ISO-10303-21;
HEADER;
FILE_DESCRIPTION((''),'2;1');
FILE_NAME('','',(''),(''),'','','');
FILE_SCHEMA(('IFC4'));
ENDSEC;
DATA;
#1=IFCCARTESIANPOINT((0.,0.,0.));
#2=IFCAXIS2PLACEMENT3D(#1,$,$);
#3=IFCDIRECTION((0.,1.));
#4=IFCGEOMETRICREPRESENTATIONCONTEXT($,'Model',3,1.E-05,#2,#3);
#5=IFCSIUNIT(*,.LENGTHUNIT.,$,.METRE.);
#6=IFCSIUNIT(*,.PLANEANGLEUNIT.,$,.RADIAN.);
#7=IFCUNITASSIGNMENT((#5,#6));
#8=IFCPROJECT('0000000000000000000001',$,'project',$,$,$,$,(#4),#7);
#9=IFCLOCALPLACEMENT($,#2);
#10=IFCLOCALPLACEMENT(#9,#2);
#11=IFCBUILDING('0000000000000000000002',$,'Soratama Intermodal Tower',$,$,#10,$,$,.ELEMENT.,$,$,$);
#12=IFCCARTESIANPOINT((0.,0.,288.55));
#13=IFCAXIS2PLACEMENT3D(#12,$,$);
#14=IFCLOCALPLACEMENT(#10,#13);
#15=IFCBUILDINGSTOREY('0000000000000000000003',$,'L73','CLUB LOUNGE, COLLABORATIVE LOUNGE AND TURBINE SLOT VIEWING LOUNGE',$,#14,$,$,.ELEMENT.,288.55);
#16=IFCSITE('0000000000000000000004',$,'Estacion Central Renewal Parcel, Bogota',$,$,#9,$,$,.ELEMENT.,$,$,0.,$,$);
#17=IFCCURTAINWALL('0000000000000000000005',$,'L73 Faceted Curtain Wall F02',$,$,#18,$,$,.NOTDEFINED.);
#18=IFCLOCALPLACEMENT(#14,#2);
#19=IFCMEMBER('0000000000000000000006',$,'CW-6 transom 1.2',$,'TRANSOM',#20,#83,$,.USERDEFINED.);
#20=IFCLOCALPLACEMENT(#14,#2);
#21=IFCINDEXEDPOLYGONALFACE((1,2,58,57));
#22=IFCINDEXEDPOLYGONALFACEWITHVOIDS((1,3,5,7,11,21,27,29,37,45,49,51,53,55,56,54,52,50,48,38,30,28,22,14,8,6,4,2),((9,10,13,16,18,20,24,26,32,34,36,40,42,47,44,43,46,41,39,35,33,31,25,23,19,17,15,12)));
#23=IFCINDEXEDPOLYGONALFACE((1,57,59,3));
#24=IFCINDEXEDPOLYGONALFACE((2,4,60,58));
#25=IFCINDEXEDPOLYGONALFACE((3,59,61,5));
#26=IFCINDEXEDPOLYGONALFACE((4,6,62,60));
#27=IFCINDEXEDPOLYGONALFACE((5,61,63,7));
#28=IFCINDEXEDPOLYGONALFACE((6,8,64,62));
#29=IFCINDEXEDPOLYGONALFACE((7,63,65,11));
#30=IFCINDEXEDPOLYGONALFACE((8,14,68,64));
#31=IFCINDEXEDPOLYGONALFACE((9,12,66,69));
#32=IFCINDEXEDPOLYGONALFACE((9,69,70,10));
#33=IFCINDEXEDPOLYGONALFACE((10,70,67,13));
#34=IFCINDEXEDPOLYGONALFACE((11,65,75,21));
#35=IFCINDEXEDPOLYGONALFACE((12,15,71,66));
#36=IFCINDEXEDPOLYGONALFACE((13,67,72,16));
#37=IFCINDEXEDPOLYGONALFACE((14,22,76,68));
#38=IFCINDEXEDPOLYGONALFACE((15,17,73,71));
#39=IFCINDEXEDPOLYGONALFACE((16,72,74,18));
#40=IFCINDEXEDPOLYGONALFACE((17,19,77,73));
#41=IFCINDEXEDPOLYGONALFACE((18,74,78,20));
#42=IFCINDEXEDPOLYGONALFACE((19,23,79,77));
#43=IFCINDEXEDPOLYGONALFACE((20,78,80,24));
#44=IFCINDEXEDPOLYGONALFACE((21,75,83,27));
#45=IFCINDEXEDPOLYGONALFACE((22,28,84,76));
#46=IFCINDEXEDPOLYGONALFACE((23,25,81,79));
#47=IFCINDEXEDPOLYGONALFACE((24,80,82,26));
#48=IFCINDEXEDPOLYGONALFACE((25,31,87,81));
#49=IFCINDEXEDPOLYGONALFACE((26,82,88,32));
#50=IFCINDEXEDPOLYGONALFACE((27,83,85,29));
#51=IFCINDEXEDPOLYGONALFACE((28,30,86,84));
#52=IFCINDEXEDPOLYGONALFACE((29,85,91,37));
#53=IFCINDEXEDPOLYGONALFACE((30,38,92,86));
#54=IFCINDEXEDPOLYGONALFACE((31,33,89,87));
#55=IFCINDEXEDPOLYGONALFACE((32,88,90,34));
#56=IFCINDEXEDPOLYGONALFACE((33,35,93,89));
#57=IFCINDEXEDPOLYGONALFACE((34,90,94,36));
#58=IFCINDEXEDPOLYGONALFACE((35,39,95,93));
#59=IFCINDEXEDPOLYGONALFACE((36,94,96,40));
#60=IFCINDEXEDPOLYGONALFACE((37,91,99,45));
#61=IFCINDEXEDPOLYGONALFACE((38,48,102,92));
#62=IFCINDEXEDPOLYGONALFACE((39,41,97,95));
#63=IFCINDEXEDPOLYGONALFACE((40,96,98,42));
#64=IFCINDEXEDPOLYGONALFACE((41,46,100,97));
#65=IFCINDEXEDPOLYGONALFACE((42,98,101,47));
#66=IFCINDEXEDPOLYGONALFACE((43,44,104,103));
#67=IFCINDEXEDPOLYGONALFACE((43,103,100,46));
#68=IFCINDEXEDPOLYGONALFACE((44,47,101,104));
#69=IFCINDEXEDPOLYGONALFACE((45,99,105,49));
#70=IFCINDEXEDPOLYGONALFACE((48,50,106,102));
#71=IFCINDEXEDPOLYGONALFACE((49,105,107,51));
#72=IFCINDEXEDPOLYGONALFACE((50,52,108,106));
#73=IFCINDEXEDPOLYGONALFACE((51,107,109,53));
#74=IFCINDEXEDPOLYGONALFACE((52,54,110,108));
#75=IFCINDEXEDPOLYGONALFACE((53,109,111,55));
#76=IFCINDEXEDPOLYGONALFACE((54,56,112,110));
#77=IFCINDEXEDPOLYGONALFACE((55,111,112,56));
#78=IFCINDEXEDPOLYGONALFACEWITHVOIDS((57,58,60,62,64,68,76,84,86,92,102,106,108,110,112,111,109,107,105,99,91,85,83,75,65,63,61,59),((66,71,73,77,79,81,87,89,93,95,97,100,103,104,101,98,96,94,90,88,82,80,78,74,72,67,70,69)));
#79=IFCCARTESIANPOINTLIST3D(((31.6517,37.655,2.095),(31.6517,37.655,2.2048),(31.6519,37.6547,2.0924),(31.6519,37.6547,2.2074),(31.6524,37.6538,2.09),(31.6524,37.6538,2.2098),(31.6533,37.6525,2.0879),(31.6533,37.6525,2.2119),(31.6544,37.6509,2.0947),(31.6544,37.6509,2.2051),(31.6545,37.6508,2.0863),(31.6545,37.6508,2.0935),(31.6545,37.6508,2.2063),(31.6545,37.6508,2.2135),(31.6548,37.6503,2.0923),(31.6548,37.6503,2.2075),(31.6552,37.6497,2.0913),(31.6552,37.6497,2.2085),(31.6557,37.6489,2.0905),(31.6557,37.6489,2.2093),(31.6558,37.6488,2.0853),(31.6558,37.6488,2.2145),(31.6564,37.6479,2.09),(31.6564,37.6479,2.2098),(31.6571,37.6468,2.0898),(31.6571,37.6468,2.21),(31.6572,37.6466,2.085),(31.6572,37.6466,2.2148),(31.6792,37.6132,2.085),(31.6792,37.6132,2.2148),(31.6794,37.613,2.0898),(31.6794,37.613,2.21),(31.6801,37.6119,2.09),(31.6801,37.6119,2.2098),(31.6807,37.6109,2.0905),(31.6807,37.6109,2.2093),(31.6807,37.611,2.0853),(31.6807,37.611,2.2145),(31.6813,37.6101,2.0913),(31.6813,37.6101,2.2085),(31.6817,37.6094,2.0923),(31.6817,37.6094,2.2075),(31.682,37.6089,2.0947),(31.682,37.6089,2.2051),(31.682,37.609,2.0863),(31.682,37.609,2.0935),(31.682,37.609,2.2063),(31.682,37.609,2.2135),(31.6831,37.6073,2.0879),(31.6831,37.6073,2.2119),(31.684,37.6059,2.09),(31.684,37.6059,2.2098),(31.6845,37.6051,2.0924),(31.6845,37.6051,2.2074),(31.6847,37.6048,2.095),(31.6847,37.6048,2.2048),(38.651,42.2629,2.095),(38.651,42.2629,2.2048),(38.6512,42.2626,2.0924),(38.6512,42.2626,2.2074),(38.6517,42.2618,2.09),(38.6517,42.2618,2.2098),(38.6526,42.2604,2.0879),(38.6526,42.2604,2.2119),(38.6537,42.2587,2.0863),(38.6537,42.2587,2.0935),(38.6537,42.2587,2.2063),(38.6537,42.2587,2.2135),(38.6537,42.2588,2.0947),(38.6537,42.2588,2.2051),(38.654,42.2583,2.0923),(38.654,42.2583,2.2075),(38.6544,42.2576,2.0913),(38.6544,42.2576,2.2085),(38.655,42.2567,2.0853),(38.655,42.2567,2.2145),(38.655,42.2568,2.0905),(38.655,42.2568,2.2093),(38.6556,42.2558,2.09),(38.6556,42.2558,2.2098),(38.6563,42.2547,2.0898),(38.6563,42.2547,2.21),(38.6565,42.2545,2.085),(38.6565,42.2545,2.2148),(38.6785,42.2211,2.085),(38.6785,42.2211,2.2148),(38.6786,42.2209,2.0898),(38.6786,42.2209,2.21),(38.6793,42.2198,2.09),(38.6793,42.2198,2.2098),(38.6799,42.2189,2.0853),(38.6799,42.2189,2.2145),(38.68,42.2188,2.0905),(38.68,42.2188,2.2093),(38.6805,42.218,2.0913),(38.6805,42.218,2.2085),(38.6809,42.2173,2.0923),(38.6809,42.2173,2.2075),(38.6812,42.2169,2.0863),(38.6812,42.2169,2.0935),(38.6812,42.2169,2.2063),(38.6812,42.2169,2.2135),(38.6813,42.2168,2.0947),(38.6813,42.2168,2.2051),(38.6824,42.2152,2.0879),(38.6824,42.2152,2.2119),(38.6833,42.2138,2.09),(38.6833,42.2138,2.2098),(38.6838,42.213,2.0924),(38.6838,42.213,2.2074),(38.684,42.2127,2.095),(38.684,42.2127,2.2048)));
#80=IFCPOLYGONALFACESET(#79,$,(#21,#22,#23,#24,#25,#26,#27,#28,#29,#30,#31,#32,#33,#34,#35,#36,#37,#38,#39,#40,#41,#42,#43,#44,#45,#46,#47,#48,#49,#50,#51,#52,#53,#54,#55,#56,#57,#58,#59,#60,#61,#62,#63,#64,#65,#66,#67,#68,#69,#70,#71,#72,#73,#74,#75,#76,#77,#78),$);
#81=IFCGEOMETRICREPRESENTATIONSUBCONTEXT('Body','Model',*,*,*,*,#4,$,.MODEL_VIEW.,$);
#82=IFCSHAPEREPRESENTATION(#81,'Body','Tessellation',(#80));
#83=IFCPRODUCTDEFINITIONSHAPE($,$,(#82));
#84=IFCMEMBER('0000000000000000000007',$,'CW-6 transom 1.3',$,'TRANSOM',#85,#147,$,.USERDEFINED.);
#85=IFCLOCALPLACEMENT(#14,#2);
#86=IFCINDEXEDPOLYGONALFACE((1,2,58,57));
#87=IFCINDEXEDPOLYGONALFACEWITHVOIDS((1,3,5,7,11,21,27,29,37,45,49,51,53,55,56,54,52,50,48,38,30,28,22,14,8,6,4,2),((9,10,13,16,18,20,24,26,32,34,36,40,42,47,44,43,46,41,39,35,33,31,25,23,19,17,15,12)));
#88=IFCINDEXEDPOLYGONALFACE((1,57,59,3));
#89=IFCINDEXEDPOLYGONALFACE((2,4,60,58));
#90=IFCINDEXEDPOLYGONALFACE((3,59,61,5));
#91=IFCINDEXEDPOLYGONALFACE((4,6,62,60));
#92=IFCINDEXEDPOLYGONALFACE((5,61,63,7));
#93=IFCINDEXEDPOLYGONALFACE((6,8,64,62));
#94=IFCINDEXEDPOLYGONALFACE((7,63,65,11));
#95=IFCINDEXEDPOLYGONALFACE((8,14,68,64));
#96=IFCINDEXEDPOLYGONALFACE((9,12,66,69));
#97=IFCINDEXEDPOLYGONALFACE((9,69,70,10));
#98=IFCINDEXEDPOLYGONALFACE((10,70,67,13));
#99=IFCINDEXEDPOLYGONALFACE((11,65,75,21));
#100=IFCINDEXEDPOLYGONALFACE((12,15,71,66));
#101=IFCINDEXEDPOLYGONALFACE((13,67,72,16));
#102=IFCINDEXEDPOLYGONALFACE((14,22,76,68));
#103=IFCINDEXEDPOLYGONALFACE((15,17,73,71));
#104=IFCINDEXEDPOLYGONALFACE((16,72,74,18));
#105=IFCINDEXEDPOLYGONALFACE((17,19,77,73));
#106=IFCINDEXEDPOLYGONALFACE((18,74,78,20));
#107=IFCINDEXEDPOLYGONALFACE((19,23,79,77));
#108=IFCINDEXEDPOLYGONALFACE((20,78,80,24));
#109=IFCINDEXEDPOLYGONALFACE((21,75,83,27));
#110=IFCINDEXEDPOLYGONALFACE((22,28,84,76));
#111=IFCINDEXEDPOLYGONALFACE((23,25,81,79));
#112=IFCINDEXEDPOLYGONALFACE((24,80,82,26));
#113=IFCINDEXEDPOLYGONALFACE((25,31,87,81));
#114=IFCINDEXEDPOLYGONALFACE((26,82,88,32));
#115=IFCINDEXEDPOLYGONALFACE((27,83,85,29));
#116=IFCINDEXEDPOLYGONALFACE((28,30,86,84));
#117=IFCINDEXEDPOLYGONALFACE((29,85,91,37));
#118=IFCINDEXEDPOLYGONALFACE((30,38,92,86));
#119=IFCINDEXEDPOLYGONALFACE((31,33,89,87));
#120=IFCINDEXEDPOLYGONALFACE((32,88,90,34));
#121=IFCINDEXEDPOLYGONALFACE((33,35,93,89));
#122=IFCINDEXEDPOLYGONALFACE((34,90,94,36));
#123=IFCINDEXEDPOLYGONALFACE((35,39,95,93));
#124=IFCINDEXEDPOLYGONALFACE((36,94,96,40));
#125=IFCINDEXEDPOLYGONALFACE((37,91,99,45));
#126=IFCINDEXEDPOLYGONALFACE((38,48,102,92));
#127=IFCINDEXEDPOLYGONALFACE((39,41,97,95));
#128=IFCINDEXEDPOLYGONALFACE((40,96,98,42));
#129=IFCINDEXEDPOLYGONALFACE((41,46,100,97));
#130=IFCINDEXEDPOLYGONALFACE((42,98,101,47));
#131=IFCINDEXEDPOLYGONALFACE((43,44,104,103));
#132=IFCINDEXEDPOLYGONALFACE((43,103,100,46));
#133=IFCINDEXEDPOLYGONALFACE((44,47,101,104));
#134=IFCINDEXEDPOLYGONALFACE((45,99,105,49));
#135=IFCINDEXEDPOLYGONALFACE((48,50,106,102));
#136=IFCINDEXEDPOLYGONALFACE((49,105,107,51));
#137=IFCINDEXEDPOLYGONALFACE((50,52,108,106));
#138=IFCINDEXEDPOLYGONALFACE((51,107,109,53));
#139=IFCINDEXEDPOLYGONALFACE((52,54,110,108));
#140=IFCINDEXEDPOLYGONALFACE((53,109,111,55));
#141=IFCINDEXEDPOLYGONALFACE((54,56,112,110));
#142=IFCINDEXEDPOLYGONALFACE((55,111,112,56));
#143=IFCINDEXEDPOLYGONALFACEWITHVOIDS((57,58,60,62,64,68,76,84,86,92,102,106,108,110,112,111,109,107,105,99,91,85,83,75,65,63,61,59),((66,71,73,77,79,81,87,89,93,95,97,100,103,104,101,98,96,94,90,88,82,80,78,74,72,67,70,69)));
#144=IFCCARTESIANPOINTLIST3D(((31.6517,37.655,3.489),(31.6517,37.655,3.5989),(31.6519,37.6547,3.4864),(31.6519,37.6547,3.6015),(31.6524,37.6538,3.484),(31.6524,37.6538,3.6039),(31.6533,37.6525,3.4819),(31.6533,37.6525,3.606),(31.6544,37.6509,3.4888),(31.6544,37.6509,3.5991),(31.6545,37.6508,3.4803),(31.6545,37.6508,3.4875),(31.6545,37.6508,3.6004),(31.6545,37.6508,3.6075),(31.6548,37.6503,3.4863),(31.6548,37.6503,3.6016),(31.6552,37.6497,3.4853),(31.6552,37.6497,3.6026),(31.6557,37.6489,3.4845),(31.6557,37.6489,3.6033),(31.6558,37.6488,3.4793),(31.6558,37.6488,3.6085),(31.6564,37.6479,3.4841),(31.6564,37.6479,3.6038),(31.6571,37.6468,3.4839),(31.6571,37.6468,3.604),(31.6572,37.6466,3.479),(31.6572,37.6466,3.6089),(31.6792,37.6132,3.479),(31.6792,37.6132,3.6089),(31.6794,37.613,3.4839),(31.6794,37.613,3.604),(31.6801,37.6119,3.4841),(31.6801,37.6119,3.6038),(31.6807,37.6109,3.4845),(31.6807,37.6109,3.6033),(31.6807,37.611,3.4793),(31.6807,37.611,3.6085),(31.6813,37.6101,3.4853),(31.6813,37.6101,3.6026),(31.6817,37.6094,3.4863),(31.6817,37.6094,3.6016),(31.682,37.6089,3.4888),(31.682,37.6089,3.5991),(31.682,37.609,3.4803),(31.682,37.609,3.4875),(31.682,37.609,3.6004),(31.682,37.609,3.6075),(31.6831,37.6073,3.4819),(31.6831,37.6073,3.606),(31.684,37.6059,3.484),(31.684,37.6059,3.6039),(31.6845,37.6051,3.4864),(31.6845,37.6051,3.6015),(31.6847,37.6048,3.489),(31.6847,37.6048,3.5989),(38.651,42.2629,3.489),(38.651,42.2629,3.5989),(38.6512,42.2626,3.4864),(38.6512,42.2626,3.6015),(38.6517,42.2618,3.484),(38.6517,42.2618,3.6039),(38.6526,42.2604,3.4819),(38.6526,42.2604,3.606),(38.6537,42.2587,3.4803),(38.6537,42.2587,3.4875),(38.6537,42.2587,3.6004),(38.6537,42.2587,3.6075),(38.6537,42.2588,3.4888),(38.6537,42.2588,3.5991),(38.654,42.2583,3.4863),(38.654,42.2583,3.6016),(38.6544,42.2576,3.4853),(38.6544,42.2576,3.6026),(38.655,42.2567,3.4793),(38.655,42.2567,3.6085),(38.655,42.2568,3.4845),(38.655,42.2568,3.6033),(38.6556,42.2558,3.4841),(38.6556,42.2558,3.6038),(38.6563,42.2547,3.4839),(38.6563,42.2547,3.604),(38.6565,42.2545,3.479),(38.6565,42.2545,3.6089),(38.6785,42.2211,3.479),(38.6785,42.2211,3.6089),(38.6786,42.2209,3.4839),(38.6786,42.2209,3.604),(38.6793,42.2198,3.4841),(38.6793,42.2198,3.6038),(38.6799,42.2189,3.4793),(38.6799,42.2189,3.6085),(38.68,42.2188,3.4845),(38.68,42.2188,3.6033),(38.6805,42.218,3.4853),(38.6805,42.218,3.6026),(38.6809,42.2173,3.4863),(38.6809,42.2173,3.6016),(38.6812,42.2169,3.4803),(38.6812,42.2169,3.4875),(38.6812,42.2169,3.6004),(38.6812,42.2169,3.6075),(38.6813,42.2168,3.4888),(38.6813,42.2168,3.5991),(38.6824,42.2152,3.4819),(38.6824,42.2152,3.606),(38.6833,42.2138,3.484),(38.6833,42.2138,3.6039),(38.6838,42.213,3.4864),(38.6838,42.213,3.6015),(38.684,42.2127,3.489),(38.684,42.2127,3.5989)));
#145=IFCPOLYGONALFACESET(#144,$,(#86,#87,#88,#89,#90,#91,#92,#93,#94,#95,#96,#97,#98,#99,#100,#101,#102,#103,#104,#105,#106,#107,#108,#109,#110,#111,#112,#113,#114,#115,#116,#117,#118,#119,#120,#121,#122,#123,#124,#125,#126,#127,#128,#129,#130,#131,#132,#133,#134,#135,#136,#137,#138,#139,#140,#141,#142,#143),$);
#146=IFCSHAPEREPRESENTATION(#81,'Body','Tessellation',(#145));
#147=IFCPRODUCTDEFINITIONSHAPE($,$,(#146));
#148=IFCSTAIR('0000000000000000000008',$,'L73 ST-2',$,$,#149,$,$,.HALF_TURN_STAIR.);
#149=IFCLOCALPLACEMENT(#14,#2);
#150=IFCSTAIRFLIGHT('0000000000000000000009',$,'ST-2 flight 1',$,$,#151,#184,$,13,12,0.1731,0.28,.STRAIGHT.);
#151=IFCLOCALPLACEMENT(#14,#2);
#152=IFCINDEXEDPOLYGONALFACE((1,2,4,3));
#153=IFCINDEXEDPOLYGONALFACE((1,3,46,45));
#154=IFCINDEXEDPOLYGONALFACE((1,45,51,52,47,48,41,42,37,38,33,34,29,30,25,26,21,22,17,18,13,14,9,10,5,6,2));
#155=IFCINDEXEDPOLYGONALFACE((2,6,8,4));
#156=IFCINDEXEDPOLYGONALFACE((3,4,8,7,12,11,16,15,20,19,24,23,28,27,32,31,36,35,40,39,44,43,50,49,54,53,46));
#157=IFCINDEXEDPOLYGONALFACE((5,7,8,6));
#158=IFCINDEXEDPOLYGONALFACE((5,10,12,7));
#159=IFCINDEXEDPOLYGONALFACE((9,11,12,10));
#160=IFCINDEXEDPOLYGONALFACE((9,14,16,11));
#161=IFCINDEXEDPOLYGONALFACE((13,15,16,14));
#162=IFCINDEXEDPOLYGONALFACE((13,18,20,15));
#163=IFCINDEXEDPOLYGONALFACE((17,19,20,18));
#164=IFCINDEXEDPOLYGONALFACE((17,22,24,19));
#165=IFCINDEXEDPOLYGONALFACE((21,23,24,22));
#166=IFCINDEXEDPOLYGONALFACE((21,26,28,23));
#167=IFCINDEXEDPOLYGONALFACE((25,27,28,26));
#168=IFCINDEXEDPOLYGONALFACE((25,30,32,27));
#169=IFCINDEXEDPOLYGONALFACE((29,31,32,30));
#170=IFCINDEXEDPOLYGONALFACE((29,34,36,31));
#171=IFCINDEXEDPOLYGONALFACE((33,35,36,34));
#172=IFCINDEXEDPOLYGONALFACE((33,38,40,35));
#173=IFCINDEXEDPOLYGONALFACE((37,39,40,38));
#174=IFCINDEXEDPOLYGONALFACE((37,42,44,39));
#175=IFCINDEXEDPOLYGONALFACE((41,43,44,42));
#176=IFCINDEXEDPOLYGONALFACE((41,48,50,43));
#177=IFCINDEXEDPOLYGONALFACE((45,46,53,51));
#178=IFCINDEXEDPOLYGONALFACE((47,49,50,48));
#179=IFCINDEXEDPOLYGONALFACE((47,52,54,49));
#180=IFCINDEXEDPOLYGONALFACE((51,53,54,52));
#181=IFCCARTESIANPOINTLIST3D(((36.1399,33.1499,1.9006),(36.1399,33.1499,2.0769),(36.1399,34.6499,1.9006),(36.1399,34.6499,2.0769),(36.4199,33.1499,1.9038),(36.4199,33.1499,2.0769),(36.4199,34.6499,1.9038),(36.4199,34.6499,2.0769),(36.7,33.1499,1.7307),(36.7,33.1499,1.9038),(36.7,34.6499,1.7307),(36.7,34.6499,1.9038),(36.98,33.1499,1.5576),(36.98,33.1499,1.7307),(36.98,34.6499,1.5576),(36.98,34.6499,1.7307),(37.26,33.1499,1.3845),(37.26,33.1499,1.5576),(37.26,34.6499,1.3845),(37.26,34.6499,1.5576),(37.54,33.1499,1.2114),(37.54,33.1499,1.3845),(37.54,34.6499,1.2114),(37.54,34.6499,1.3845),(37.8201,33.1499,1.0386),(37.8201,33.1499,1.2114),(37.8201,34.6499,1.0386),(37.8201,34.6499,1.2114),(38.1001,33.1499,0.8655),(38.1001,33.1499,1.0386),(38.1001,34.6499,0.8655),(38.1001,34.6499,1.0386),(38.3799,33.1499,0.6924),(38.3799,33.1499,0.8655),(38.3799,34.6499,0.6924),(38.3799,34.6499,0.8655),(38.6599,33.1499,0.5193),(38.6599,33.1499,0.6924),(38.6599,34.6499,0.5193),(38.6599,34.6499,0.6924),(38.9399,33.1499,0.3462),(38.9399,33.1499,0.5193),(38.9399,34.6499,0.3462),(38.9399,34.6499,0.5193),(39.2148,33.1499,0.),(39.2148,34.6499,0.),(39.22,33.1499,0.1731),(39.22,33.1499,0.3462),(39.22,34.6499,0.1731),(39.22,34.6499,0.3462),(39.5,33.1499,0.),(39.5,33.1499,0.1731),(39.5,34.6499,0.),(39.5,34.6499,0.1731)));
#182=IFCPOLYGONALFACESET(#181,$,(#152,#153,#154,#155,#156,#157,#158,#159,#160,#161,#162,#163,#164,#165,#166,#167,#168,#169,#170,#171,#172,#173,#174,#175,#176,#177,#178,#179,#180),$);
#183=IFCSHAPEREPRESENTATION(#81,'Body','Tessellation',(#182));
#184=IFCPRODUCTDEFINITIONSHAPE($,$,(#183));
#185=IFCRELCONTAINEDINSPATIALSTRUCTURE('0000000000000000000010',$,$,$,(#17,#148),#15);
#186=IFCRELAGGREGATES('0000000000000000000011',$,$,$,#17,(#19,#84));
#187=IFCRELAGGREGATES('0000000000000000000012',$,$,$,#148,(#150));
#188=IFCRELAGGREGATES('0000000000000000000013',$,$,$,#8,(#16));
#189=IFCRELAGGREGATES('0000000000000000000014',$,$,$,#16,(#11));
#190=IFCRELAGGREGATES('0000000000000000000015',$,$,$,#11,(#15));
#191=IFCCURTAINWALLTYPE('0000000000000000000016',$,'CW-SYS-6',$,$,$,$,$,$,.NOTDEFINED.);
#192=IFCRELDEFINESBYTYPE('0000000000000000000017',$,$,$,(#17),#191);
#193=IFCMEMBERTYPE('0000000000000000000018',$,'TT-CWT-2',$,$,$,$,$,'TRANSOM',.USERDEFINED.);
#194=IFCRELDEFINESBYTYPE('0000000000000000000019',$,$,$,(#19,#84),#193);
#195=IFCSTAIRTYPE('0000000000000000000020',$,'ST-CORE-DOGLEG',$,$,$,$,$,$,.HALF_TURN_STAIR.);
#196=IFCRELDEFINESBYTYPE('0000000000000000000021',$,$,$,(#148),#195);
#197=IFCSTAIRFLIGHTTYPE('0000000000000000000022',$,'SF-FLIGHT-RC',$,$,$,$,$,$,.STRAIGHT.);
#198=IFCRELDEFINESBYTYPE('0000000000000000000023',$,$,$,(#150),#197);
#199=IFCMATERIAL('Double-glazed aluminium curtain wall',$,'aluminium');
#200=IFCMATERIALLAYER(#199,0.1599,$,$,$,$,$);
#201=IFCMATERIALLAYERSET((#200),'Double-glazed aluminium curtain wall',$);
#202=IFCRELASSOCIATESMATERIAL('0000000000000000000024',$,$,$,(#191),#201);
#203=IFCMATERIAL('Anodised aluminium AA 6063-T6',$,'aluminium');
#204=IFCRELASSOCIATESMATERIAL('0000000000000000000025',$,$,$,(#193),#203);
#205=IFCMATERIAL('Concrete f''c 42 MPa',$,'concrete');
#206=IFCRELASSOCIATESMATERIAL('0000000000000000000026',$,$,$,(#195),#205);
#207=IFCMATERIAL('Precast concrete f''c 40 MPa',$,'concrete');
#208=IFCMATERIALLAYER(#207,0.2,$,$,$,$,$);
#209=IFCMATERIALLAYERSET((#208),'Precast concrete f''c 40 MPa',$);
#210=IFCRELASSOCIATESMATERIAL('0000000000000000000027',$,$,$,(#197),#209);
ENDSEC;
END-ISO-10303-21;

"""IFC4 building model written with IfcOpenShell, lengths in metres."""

from ifc_helpers import new_model, si_unit, direction, frame, origin, origin_2d, place, context, subcontext, project, spatial, polyline, hollow_rectangle, outline, extrude, material, layer, layer_set, material_profile, profile_set, type_object, element, aggregate, save


model = new_model("IFC4")

# Units and contexts
model_context = context("Model", 3, precision=1e-05, world=origin(), true_north=direction((0.0, 1.0)))
body_context = subcontext(model_context, "Body", "Model", "MODEL_VIEW")
ifc_project = project(units=[si_unit("LENGTHUNIT", "METRE"), si_unit("PLANEANGLEUNIT", "RADIAN")], contexts=[model_context])

# Site, building, storey
site_placement = place(None, origin())
site = spatial("IfcSite", under=ifc_project, at=site_placement, Name="Estacion Central Renewal Parcel, Bogota", CompositionType="ELEMENT", RefElevation=0.0)
building_placement = place(site_placement, origin())
building = spatial("IfcBuilding", under=site, at=building_placement, Name="Soratama Intermodal Tower", CompositionType="ELEMENT")
storey_placement = place(building_placement, frame((0.0, 0.0, 288.55)))
storey = spatial("IfcBuildingStorey", under=building, at=storey_placement, Name="L73", Description="CLUB LOUNGE, COLLABORATIVE LOUNGE AND TURBINE SLOT VIEWING LOUNGE", CompositionType="ELEMENT", Elevation=288.55)

# Curtain wall, members
ifc_material_1 = material(Name="Double-glazed aluminium curtain wall", Category="aluminium")
ifc_layer_1 = layer(ifc_material_1, 0.1599)
ifc_layer_set_1 = layer_set([ifc_layer_1], Name="Double-glazed aluminium curtain wall")
curtain_wall_type = type_object("IfcCurtainWallType", Name="CW-SYS-6", PredefinedType="NOTDEFINED", material=ifc_layer_set_1)
curtain_wall_placement = place(storey_placement, origin())
curtain_wall = element("IfcCurtainWall", 1, at=curtain_wall_placement, inside=storey, type_object=curtain_wall_type, Name="L73 Faceted Curtain Wall F02", PredefinedType="NOTDEFINED")
ifc_material_2 = material(Name="Anodised aluminium AA 6063-T6", Category="aluminium")
ifc_material_profile_1 = material_profile(ifc_material_2, hollow_rectangle(XDim=0.0601, YDim=0.1299, WallThickness=0.0049, InnerFilletRadius=0.0049, OuterFilletRadius=0.01, at=origin_2d()), Name="CWT130X60X5")
ifc_profile_set_1 = profile_set([ifc_material_profile_1], Name="Anodised aluminium AA 6063-T6")
member_type_1 = type_object("IfcMemberType", Name="TT-CWT-2", ElementType="TRANSOM", PredefinedType="USERDEFINED", material=ifc_profile_set_1)
member_1_placement = place(storey_placement, frame((38.6675, 42.2378, 2.1499), z_axis=(-0.835246, -0.549877, 0.0), x_axis=(0.549877, -0.835246, 0.0)))
member_1 = element("IfcMember", 2, at=member_1_placement, type_object=member_type_1, Name="CW-6 transom 1.2", ObjectType="TRANSOM", PredefinedType="USERDEFINED", context=body_context, shape_type="SweptSolid", body=[
    extrude(hollow_rectangle(XDim=0.0601, YDim=0.1299, WallThickness=0.0049, InnerFilletRadius=0.0049, OuterFilletRadius=0.01, at=origin_2d()), origin(), (0.0, 0.0, 1.0), 8.3799),
])
member_2_placement = place(storey_placement, frame((38.6675, 42.2378, 3.5439), z_axis=(-0.835246, -0.549877, 0.0), x_axis=(0.549877, -0.835246, 0.0)))
member_2 = element("IfcMember", 3, at=member_2_placement, type_object=member_type_1, Name="CW-6 transom 1.3", ObjectType="TRANSOM", PredefinedType="USERDEFINED", context=body_context, shape_type="SweptSolid", body=[
    extrude(hollow_rectangle(XDim=0.0601, YDim=0.1299, WallThickness=0.0049, InnerFilletRadius=0.0049, OuterFilletRadius=0.01, at=origin_2d()), origin(), (0.0, 0.0, 1.0), 8.3799),
])
aggregate(curtain_wall, [member_1, member_2])

# Stair, stair flight
ifc_material_3 = material(Name="Concrete f'c 42 MPa", Category="concrete")
stair_type = type_object("IfcStairType", Name="ST-CORE-DOGLEG", PredefinedType="HALF_TURN_STAIR", material=ifc_material_3)
stair_placement = place(storey_placement, origin())
stair = element("IfcStair", 4, at=stair_placement, inside=storey, type_object=stair_type, Name="L73 ST-2", PredefinedType="HALF_TURN_STAIR")
ifc_material_4 = material(Name="Precast concrete f'c 40 MPa", Category="concrete")
ifc_layer_2 = layer(ifc_material_4, 0.2)
ifc_layer_set_2 = layer_set([ifc_layer_2], Name="Precast concrete f'c 40 MPa")
stair_flight_type = type_object("IfcStairFlightType", Name="SF-FLIGHT-RC", PredefinedType="STRAIGHT", material=ifc_layer_set_2)
stair_flight_placement = place(storey_placement, frame((39.5, 33.8999, 0.0), z_axis=(0.0, 0.0, 1.0), x_axis=(-1.0, 0.0, 0.0)))
stair_flight = element("IfcStairFlight", 5, at=stair_flight_placement, type_object=stair_flight_type, Name="ST-2 flight 1", NumberOfRisers=13, NumberOfTreads=12, PredefinedType="STRAIGHT", RiserHeight=0.1731, TreadLength=0.28, context=body_context, shape_type="SweptSolid", body=[
    extrude(outline(polyline([(0.0, 0.0), (0.0, 0.1731), (0.28, 0.1731), (0.28, 0.3462), (0.5601, 0.3462), (0.5601, 0.5193), (0.8401, 0.5193), (0.8401, 0.6924), (1.1201, 0.6924), (1.1201, 0.8655), (1.3999, 0.8655), (1.3999, 1.0386), (1.6799, 1.0386), (1.6799, 1.2114), (1.96, 1.2114), (1.96, 1.3845), (2.24, 1.3845), (2.24, 1.5576), (2.52, 1.5576), (2.52, 1.7307), (2.8, 1.7307), (2.8, 1.9038), (3.0801, 1.9038), (3.0801, 2.0769), (3.3601, 2.0769), (3.3601, 2.25), (3.3601, 1.9006), (0.2852, 0.0), (0.0, 0.0)])), frame((0.0, 0.75, 0.0), z_axis=(0.0, -1.0, 0.0), x_axis=(1.0, 0.0, 0.0)), (0.0, 0.0, 1.0), 1.5),
])
aggregate(stair, [stair_flight])

save(model, "model.ifc")
